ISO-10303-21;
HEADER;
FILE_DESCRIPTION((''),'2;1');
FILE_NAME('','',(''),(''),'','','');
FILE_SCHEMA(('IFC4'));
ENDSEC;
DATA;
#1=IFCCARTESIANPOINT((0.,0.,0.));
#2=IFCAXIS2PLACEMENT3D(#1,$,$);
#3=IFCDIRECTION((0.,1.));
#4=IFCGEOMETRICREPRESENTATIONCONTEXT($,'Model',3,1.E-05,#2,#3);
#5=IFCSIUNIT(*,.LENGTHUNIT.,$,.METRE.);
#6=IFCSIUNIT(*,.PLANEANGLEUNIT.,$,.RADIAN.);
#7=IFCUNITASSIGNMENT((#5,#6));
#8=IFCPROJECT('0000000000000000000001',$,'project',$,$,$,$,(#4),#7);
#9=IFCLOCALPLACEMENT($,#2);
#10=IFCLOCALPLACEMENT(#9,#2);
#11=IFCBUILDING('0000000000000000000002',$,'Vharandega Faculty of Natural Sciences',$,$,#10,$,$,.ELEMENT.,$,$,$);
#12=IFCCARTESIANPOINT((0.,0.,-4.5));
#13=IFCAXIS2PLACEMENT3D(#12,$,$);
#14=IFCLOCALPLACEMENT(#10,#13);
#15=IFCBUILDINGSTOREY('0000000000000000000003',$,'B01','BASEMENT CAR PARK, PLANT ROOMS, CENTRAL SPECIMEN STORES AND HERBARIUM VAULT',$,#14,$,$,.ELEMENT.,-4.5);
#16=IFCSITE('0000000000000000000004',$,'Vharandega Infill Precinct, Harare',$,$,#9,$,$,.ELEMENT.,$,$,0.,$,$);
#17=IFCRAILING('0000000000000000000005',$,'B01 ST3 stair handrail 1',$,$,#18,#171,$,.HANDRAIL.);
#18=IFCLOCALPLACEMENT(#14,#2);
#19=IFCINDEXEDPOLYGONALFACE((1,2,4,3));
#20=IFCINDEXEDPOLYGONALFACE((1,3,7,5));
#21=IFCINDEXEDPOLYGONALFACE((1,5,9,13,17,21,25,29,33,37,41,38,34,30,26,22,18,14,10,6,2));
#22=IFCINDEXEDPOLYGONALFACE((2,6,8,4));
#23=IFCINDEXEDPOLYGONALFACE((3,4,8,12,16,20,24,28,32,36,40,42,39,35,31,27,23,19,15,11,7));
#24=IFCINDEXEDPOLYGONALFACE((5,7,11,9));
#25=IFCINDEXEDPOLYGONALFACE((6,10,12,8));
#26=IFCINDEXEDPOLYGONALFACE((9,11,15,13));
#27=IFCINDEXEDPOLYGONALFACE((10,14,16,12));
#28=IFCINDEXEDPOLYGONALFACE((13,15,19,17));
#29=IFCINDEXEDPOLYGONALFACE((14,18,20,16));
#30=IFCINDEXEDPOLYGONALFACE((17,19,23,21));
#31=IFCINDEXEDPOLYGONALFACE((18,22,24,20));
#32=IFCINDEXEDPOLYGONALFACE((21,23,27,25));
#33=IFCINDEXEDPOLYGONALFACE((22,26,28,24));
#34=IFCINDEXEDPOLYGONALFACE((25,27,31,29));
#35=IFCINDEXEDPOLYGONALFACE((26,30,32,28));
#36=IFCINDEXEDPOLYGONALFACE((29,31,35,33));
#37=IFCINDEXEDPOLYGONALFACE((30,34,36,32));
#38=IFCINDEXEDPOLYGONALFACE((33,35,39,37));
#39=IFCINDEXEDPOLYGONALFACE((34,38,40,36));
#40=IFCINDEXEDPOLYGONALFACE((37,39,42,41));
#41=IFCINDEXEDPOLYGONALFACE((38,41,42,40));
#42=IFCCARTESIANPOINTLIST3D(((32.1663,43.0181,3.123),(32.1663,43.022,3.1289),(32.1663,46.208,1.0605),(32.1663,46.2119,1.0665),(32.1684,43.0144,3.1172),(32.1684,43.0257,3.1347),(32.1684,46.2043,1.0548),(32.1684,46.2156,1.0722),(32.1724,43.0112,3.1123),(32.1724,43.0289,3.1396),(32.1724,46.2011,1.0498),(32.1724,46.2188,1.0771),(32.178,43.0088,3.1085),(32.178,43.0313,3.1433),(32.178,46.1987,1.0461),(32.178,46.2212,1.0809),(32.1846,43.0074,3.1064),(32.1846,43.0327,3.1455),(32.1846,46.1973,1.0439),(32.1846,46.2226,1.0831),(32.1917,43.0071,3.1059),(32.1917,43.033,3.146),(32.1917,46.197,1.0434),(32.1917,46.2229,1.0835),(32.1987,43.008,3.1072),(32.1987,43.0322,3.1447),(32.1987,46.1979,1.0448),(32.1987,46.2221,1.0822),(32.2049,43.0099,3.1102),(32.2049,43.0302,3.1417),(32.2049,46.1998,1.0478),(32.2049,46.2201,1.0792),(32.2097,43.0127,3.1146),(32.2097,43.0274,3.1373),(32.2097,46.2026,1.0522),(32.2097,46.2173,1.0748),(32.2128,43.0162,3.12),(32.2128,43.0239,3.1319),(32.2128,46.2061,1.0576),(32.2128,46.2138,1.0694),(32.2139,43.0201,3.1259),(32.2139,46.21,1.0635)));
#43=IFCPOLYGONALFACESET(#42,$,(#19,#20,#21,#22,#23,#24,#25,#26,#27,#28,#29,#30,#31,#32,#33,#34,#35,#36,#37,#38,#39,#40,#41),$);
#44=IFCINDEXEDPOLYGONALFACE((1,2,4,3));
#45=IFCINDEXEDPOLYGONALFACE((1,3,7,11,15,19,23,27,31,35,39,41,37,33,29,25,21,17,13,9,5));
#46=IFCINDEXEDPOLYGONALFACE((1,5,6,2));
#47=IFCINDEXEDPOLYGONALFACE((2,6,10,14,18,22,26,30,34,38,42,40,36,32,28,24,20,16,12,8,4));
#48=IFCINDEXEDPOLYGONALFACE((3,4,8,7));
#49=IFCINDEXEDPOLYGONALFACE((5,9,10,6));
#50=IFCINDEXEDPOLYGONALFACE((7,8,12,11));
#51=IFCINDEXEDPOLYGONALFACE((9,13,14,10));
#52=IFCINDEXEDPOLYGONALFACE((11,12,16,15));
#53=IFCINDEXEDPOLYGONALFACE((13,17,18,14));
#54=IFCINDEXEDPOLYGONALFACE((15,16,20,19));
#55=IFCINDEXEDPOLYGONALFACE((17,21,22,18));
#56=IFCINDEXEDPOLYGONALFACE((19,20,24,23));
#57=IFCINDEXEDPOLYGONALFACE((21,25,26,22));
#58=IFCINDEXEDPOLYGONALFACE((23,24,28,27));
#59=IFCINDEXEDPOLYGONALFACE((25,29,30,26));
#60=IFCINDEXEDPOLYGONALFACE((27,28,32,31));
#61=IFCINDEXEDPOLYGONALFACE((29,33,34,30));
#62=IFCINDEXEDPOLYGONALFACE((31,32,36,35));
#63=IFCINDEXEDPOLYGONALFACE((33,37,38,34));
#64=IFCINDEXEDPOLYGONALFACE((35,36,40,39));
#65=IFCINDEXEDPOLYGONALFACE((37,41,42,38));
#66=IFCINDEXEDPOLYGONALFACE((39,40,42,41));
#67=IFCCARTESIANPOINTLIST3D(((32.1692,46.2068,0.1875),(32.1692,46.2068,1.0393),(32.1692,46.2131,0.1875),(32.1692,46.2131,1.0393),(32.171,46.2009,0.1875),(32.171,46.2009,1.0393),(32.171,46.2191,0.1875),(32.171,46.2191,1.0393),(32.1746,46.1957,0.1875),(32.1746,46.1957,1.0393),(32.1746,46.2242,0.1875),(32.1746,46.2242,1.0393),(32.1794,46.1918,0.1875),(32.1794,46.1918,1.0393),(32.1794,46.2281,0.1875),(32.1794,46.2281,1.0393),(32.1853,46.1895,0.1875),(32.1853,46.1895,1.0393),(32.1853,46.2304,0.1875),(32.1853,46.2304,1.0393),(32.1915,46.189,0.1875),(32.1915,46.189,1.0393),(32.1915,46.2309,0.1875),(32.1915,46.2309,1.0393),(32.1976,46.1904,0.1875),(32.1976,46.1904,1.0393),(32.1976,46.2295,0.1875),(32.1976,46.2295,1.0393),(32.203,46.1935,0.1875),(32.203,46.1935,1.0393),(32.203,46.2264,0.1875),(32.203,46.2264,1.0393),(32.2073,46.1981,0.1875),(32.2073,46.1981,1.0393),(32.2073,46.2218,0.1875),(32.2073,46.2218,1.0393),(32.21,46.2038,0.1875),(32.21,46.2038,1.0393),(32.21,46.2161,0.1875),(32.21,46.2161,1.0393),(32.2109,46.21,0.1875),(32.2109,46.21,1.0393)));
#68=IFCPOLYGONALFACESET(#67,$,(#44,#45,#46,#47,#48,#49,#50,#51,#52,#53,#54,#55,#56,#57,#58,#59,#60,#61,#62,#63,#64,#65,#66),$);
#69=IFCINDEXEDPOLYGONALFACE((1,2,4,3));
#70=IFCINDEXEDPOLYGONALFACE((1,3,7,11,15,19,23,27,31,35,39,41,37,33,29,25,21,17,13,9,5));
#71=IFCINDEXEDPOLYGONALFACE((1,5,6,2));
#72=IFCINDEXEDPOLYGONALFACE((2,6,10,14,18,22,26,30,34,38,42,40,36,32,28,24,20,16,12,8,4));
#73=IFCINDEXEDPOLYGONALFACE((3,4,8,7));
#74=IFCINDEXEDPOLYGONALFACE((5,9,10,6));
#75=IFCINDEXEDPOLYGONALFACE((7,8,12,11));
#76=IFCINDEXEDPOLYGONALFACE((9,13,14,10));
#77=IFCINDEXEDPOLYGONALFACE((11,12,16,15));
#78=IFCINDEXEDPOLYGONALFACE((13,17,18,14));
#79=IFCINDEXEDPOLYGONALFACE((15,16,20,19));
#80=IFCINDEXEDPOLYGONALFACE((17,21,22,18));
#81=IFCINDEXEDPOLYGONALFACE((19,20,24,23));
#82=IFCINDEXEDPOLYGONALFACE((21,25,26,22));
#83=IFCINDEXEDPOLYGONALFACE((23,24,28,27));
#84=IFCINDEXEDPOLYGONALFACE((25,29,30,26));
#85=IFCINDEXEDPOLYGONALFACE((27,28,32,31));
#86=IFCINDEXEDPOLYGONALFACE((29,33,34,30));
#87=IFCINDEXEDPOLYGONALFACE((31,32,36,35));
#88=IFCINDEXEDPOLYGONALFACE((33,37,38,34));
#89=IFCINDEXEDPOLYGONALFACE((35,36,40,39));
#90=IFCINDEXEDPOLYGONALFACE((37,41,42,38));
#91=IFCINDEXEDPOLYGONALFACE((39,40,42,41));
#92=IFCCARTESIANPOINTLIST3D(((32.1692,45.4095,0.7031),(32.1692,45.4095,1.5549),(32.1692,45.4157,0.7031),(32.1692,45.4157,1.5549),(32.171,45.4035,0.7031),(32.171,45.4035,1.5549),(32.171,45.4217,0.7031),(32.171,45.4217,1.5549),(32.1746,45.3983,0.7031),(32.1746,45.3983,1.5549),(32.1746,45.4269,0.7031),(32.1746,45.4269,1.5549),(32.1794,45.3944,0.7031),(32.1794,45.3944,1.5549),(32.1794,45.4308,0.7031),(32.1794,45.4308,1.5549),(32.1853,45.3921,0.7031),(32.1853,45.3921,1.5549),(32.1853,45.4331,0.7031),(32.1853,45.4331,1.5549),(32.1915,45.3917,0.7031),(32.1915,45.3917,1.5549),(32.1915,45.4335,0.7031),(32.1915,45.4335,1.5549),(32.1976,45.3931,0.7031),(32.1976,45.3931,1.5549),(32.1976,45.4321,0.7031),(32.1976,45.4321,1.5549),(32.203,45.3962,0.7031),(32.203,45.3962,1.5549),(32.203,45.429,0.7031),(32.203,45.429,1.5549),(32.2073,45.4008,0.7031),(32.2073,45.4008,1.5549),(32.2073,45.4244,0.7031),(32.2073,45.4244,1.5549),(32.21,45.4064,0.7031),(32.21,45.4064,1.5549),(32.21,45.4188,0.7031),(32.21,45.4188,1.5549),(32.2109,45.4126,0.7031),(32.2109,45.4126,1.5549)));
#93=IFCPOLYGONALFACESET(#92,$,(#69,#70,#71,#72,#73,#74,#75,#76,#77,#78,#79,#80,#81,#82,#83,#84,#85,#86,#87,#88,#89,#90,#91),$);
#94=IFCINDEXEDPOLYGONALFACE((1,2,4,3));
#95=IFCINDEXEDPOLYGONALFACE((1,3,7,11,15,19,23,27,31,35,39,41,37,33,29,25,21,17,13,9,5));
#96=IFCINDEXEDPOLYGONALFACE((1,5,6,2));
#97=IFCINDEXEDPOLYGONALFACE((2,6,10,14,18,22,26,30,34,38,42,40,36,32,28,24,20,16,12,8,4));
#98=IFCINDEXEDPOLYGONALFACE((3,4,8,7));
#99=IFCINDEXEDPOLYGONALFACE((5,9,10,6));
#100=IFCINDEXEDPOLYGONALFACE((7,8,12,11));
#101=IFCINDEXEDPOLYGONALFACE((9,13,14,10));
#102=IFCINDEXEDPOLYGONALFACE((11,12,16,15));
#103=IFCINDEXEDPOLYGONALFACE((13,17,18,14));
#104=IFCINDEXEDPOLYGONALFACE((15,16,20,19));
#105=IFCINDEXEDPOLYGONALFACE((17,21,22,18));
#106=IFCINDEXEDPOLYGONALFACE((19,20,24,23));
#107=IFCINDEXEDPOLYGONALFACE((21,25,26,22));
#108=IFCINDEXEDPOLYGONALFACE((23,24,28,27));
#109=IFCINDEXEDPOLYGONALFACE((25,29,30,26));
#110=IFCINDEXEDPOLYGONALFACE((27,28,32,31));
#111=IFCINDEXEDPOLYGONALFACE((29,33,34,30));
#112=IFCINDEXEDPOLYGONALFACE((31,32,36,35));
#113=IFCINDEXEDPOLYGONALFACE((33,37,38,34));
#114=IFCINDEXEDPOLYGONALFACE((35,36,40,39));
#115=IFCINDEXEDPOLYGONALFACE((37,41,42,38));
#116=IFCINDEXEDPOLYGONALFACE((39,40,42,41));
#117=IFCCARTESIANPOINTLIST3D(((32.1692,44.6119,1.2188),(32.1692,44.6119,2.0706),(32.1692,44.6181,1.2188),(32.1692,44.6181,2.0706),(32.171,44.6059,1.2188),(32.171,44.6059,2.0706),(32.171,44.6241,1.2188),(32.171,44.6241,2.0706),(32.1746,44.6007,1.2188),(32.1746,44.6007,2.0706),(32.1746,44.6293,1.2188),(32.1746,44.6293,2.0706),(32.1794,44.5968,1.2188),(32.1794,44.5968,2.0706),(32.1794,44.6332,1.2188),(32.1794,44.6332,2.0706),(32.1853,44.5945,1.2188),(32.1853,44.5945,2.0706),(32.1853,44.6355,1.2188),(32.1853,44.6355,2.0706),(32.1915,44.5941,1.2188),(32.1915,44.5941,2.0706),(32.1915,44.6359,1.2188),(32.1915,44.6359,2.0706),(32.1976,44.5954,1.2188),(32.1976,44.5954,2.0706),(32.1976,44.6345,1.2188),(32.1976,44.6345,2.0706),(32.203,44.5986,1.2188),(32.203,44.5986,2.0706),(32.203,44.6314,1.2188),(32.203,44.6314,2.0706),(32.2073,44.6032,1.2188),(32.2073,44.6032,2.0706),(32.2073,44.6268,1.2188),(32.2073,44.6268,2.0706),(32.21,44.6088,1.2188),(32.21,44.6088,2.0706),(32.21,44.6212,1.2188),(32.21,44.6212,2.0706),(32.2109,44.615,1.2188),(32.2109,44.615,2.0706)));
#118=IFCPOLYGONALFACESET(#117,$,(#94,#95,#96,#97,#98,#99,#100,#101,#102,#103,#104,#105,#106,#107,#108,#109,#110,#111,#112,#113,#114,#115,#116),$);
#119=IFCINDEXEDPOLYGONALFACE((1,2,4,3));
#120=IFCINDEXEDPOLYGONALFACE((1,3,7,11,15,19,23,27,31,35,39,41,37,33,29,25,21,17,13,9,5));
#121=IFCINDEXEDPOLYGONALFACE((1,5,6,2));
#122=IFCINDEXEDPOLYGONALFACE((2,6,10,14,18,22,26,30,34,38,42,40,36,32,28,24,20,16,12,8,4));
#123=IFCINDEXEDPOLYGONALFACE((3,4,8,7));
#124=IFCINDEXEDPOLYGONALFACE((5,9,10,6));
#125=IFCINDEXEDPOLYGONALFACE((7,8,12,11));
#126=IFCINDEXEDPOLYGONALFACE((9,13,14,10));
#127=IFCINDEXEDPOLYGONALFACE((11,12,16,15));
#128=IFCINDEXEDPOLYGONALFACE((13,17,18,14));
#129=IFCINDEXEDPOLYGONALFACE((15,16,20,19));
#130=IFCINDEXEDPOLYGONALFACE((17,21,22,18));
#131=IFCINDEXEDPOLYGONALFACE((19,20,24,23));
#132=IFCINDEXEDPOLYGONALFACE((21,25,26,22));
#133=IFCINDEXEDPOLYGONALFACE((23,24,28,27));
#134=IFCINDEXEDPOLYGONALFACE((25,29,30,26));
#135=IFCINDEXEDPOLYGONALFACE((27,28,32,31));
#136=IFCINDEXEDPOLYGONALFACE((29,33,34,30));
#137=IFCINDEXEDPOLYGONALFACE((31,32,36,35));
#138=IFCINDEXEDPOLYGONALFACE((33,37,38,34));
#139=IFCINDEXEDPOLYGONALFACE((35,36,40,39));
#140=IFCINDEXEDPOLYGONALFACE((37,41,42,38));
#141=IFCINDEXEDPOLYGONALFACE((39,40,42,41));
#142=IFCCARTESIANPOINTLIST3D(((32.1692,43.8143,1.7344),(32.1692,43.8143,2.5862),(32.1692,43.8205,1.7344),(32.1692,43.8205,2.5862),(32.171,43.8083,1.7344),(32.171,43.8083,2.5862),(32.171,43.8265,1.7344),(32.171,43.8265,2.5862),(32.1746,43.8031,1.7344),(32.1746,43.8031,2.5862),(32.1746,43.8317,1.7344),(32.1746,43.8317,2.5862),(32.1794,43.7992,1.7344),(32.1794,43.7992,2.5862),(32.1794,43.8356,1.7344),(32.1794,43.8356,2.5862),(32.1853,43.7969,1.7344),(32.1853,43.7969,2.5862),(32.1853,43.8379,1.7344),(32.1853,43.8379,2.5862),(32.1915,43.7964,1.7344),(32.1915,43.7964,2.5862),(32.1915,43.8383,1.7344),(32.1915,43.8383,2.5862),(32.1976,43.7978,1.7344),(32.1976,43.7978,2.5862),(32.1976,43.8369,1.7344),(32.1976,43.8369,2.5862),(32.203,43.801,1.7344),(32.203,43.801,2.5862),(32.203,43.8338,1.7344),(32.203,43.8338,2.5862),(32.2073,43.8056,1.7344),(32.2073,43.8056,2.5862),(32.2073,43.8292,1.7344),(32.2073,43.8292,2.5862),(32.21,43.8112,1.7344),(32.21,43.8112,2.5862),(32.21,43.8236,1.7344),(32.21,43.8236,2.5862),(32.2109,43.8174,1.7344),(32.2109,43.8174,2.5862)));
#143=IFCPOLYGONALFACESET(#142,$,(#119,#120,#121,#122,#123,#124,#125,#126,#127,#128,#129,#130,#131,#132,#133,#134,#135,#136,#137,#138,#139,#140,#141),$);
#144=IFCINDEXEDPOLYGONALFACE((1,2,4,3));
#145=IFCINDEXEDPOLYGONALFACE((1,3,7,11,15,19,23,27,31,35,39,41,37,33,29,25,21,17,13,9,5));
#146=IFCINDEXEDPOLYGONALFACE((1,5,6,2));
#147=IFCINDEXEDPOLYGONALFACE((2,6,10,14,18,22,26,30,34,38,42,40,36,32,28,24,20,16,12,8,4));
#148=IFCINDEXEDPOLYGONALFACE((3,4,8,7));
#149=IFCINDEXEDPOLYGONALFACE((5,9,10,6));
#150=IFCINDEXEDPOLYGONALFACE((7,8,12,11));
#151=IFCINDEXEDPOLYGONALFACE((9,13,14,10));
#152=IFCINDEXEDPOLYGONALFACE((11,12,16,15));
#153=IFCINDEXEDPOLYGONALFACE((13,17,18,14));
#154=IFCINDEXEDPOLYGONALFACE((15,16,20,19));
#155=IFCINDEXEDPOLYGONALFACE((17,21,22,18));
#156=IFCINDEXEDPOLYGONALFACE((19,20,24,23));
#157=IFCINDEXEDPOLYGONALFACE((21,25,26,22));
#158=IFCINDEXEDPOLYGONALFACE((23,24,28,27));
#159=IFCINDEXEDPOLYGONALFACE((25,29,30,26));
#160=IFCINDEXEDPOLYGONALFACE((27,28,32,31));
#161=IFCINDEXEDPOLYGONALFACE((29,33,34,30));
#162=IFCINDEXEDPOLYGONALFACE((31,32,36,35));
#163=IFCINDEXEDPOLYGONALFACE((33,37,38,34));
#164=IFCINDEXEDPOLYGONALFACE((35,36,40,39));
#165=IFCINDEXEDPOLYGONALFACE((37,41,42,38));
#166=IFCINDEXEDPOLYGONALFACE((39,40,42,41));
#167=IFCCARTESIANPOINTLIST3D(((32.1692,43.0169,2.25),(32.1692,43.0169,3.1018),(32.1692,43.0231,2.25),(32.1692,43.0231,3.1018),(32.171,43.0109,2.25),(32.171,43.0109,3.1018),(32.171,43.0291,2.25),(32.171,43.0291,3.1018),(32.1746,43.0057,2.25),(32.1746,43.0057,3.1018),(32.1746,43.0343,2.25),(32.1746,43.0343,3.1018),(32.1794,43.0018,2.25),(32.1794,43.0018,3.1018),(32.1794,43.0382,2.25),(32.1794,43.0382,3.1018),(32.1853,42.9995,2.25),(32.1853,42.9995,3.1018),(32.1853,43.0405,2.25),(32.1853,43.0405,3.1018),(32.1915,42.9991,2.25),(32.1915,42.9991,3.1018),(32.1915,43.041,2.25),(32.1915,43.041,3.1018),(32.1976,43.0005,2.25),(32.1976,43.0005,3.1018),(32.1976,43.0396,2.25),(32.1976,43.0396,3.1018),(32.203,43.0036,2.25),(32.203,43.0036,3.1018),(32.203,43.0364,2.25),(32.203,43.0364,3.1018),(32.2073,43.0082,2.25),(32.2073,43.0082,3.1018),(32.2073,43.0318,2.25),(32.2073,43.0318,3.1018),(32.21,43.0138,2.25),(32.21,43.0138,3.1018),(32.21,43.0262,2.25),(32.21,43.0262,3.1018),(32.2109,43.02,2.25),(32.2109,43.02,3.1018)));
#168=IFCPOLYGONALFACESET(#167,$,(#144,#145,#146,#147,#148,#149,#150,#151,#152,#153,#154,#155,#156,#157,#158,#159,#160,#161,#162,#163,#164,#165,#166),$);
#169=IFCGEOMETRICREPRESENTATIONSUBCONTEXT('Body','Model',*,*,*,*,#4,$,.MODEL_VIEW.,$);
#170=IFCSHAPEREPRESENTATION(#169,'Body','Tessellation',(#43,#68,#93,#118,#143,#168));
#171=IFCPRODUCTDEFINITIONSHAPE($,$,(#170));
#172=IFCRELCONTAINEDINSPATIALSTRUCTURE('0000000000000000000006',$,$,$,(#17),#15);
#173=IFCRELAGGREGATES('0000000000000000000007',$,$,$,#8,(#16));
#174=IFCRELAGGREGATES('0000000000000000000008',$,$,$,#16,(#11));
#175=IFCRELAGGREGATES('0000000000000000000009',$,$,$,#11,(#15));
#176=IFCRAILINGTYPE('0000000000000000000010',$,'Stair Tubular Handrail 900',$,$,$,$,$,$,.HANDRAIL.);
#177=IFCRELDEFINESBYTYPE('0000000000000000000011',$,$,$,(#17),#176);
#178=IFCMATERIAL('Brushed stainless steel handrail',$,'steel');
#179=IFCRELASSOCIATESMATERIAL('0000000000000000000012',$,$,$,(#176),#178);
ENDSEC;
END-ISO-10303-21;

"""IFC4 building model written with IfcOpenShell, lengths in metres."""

from ifc_helpers import new_model, si_unit, direction, frame, origin, origin_2d, place, context, subcontext, project, spatial, circle, extrude, material, type_object, element, save


model = new_model("IFC4")

# Units and contexts
model_context = context("Model", 3, precision=1e-05, world=origin(), true_north=direction((0.0, 1.0)))
body_context = subcontext(model_context, "Body", "Model", "MODEL_VIEW")
ifc_project = project(units=[si_unit("LENGTHUNIT", "METRE"), si_unit("PLANEANGLEUNIT", "RADIAN")], contexts=[model_context])

# Site, building, storey
site_placement = place(None, origin())
site = spatial("IfcSite", under=ifc_project, at=site_placement, Name="Vharandega Infill Precinct, Harare", CompositionType="ELEMENT", RefElevation=0.0)
building_placement = place(site_placement, origin())
building = spatial("IfcBuilding", under=site, at=building_placement, Name="Vharandega Faculty of Natural Sciences", CompositionType="ELEMENT")
storey_placement = place(building_placement, frame((0.0, 0.0, -4.5)))
storey = spatial("IfcBuildingStorey", under=building, at=storey_placement, Name="B01", Description="BASEMENT CAR PARK, PLANT ROOMS, CENTRAL SPECIMEN STORES AND HERBARIUM VAULT", CompositionType="ELEMENT", Elevation=-4.5)

# Railing
ifc_material_1 = material(Name="Brushed stainless steel handrail", Category="steel")
railing_type_1 = type_object("IfcRailingType", Name="Stair Tubular Handrail 900", PredefinedType="HANDRAIL", material=ifc_material_1)
railing_1_placement = place(storey_placement, frame((32.1899, 46.21, 0.1875)))
element("IfcRailing", 1, at=railing_1_placement, inside=storey, type_object=railing_type_1, Name="B01 ST3 stair handrail 1", PredefinedType="HANDRAIL", context=body_context, shape_type="SweptSolid", body=[
    extrude(circle(Radius=0.0239, at=origin_2d()), frame((0.0, 0.0, 0.876), z_axis=(0.0, -0.83976, 0.542958), x_axis=(1.0, 0.0, 0.0)), (0.0, 0.0, 1.0), 3.7986),
    extrude(circle(Radius=0.021, at=origin_2d()), origin(), (0.0, 0.0, 1.0), 0.8518),
    extrude(circle(Radius=0.021, at=origin_2d()), frame((0.0, -0.7974, 0.5156)), (0.0, 0.0, 1.0), 0.8518),
    extrude(circle(Radius=0.021, at=origin_2d()), frame((0.0, -1.595, 1.0312)), (0.0, 0.0, 1.0), 0.8518),
    extrude(circle(Radius=0.021, at=origin_2d()), frame((0.0, -2.3926, 1.5469)), (0.0, 0.0, 1.0), 0.8518),
    extrude(circle(Radius=0.021, at=origin_2d()), frame((0.0, -3.1899, 2.0625)), (0.0, 0.0, 1.0), 0.8518),
])

save(model, "model.ifc")
